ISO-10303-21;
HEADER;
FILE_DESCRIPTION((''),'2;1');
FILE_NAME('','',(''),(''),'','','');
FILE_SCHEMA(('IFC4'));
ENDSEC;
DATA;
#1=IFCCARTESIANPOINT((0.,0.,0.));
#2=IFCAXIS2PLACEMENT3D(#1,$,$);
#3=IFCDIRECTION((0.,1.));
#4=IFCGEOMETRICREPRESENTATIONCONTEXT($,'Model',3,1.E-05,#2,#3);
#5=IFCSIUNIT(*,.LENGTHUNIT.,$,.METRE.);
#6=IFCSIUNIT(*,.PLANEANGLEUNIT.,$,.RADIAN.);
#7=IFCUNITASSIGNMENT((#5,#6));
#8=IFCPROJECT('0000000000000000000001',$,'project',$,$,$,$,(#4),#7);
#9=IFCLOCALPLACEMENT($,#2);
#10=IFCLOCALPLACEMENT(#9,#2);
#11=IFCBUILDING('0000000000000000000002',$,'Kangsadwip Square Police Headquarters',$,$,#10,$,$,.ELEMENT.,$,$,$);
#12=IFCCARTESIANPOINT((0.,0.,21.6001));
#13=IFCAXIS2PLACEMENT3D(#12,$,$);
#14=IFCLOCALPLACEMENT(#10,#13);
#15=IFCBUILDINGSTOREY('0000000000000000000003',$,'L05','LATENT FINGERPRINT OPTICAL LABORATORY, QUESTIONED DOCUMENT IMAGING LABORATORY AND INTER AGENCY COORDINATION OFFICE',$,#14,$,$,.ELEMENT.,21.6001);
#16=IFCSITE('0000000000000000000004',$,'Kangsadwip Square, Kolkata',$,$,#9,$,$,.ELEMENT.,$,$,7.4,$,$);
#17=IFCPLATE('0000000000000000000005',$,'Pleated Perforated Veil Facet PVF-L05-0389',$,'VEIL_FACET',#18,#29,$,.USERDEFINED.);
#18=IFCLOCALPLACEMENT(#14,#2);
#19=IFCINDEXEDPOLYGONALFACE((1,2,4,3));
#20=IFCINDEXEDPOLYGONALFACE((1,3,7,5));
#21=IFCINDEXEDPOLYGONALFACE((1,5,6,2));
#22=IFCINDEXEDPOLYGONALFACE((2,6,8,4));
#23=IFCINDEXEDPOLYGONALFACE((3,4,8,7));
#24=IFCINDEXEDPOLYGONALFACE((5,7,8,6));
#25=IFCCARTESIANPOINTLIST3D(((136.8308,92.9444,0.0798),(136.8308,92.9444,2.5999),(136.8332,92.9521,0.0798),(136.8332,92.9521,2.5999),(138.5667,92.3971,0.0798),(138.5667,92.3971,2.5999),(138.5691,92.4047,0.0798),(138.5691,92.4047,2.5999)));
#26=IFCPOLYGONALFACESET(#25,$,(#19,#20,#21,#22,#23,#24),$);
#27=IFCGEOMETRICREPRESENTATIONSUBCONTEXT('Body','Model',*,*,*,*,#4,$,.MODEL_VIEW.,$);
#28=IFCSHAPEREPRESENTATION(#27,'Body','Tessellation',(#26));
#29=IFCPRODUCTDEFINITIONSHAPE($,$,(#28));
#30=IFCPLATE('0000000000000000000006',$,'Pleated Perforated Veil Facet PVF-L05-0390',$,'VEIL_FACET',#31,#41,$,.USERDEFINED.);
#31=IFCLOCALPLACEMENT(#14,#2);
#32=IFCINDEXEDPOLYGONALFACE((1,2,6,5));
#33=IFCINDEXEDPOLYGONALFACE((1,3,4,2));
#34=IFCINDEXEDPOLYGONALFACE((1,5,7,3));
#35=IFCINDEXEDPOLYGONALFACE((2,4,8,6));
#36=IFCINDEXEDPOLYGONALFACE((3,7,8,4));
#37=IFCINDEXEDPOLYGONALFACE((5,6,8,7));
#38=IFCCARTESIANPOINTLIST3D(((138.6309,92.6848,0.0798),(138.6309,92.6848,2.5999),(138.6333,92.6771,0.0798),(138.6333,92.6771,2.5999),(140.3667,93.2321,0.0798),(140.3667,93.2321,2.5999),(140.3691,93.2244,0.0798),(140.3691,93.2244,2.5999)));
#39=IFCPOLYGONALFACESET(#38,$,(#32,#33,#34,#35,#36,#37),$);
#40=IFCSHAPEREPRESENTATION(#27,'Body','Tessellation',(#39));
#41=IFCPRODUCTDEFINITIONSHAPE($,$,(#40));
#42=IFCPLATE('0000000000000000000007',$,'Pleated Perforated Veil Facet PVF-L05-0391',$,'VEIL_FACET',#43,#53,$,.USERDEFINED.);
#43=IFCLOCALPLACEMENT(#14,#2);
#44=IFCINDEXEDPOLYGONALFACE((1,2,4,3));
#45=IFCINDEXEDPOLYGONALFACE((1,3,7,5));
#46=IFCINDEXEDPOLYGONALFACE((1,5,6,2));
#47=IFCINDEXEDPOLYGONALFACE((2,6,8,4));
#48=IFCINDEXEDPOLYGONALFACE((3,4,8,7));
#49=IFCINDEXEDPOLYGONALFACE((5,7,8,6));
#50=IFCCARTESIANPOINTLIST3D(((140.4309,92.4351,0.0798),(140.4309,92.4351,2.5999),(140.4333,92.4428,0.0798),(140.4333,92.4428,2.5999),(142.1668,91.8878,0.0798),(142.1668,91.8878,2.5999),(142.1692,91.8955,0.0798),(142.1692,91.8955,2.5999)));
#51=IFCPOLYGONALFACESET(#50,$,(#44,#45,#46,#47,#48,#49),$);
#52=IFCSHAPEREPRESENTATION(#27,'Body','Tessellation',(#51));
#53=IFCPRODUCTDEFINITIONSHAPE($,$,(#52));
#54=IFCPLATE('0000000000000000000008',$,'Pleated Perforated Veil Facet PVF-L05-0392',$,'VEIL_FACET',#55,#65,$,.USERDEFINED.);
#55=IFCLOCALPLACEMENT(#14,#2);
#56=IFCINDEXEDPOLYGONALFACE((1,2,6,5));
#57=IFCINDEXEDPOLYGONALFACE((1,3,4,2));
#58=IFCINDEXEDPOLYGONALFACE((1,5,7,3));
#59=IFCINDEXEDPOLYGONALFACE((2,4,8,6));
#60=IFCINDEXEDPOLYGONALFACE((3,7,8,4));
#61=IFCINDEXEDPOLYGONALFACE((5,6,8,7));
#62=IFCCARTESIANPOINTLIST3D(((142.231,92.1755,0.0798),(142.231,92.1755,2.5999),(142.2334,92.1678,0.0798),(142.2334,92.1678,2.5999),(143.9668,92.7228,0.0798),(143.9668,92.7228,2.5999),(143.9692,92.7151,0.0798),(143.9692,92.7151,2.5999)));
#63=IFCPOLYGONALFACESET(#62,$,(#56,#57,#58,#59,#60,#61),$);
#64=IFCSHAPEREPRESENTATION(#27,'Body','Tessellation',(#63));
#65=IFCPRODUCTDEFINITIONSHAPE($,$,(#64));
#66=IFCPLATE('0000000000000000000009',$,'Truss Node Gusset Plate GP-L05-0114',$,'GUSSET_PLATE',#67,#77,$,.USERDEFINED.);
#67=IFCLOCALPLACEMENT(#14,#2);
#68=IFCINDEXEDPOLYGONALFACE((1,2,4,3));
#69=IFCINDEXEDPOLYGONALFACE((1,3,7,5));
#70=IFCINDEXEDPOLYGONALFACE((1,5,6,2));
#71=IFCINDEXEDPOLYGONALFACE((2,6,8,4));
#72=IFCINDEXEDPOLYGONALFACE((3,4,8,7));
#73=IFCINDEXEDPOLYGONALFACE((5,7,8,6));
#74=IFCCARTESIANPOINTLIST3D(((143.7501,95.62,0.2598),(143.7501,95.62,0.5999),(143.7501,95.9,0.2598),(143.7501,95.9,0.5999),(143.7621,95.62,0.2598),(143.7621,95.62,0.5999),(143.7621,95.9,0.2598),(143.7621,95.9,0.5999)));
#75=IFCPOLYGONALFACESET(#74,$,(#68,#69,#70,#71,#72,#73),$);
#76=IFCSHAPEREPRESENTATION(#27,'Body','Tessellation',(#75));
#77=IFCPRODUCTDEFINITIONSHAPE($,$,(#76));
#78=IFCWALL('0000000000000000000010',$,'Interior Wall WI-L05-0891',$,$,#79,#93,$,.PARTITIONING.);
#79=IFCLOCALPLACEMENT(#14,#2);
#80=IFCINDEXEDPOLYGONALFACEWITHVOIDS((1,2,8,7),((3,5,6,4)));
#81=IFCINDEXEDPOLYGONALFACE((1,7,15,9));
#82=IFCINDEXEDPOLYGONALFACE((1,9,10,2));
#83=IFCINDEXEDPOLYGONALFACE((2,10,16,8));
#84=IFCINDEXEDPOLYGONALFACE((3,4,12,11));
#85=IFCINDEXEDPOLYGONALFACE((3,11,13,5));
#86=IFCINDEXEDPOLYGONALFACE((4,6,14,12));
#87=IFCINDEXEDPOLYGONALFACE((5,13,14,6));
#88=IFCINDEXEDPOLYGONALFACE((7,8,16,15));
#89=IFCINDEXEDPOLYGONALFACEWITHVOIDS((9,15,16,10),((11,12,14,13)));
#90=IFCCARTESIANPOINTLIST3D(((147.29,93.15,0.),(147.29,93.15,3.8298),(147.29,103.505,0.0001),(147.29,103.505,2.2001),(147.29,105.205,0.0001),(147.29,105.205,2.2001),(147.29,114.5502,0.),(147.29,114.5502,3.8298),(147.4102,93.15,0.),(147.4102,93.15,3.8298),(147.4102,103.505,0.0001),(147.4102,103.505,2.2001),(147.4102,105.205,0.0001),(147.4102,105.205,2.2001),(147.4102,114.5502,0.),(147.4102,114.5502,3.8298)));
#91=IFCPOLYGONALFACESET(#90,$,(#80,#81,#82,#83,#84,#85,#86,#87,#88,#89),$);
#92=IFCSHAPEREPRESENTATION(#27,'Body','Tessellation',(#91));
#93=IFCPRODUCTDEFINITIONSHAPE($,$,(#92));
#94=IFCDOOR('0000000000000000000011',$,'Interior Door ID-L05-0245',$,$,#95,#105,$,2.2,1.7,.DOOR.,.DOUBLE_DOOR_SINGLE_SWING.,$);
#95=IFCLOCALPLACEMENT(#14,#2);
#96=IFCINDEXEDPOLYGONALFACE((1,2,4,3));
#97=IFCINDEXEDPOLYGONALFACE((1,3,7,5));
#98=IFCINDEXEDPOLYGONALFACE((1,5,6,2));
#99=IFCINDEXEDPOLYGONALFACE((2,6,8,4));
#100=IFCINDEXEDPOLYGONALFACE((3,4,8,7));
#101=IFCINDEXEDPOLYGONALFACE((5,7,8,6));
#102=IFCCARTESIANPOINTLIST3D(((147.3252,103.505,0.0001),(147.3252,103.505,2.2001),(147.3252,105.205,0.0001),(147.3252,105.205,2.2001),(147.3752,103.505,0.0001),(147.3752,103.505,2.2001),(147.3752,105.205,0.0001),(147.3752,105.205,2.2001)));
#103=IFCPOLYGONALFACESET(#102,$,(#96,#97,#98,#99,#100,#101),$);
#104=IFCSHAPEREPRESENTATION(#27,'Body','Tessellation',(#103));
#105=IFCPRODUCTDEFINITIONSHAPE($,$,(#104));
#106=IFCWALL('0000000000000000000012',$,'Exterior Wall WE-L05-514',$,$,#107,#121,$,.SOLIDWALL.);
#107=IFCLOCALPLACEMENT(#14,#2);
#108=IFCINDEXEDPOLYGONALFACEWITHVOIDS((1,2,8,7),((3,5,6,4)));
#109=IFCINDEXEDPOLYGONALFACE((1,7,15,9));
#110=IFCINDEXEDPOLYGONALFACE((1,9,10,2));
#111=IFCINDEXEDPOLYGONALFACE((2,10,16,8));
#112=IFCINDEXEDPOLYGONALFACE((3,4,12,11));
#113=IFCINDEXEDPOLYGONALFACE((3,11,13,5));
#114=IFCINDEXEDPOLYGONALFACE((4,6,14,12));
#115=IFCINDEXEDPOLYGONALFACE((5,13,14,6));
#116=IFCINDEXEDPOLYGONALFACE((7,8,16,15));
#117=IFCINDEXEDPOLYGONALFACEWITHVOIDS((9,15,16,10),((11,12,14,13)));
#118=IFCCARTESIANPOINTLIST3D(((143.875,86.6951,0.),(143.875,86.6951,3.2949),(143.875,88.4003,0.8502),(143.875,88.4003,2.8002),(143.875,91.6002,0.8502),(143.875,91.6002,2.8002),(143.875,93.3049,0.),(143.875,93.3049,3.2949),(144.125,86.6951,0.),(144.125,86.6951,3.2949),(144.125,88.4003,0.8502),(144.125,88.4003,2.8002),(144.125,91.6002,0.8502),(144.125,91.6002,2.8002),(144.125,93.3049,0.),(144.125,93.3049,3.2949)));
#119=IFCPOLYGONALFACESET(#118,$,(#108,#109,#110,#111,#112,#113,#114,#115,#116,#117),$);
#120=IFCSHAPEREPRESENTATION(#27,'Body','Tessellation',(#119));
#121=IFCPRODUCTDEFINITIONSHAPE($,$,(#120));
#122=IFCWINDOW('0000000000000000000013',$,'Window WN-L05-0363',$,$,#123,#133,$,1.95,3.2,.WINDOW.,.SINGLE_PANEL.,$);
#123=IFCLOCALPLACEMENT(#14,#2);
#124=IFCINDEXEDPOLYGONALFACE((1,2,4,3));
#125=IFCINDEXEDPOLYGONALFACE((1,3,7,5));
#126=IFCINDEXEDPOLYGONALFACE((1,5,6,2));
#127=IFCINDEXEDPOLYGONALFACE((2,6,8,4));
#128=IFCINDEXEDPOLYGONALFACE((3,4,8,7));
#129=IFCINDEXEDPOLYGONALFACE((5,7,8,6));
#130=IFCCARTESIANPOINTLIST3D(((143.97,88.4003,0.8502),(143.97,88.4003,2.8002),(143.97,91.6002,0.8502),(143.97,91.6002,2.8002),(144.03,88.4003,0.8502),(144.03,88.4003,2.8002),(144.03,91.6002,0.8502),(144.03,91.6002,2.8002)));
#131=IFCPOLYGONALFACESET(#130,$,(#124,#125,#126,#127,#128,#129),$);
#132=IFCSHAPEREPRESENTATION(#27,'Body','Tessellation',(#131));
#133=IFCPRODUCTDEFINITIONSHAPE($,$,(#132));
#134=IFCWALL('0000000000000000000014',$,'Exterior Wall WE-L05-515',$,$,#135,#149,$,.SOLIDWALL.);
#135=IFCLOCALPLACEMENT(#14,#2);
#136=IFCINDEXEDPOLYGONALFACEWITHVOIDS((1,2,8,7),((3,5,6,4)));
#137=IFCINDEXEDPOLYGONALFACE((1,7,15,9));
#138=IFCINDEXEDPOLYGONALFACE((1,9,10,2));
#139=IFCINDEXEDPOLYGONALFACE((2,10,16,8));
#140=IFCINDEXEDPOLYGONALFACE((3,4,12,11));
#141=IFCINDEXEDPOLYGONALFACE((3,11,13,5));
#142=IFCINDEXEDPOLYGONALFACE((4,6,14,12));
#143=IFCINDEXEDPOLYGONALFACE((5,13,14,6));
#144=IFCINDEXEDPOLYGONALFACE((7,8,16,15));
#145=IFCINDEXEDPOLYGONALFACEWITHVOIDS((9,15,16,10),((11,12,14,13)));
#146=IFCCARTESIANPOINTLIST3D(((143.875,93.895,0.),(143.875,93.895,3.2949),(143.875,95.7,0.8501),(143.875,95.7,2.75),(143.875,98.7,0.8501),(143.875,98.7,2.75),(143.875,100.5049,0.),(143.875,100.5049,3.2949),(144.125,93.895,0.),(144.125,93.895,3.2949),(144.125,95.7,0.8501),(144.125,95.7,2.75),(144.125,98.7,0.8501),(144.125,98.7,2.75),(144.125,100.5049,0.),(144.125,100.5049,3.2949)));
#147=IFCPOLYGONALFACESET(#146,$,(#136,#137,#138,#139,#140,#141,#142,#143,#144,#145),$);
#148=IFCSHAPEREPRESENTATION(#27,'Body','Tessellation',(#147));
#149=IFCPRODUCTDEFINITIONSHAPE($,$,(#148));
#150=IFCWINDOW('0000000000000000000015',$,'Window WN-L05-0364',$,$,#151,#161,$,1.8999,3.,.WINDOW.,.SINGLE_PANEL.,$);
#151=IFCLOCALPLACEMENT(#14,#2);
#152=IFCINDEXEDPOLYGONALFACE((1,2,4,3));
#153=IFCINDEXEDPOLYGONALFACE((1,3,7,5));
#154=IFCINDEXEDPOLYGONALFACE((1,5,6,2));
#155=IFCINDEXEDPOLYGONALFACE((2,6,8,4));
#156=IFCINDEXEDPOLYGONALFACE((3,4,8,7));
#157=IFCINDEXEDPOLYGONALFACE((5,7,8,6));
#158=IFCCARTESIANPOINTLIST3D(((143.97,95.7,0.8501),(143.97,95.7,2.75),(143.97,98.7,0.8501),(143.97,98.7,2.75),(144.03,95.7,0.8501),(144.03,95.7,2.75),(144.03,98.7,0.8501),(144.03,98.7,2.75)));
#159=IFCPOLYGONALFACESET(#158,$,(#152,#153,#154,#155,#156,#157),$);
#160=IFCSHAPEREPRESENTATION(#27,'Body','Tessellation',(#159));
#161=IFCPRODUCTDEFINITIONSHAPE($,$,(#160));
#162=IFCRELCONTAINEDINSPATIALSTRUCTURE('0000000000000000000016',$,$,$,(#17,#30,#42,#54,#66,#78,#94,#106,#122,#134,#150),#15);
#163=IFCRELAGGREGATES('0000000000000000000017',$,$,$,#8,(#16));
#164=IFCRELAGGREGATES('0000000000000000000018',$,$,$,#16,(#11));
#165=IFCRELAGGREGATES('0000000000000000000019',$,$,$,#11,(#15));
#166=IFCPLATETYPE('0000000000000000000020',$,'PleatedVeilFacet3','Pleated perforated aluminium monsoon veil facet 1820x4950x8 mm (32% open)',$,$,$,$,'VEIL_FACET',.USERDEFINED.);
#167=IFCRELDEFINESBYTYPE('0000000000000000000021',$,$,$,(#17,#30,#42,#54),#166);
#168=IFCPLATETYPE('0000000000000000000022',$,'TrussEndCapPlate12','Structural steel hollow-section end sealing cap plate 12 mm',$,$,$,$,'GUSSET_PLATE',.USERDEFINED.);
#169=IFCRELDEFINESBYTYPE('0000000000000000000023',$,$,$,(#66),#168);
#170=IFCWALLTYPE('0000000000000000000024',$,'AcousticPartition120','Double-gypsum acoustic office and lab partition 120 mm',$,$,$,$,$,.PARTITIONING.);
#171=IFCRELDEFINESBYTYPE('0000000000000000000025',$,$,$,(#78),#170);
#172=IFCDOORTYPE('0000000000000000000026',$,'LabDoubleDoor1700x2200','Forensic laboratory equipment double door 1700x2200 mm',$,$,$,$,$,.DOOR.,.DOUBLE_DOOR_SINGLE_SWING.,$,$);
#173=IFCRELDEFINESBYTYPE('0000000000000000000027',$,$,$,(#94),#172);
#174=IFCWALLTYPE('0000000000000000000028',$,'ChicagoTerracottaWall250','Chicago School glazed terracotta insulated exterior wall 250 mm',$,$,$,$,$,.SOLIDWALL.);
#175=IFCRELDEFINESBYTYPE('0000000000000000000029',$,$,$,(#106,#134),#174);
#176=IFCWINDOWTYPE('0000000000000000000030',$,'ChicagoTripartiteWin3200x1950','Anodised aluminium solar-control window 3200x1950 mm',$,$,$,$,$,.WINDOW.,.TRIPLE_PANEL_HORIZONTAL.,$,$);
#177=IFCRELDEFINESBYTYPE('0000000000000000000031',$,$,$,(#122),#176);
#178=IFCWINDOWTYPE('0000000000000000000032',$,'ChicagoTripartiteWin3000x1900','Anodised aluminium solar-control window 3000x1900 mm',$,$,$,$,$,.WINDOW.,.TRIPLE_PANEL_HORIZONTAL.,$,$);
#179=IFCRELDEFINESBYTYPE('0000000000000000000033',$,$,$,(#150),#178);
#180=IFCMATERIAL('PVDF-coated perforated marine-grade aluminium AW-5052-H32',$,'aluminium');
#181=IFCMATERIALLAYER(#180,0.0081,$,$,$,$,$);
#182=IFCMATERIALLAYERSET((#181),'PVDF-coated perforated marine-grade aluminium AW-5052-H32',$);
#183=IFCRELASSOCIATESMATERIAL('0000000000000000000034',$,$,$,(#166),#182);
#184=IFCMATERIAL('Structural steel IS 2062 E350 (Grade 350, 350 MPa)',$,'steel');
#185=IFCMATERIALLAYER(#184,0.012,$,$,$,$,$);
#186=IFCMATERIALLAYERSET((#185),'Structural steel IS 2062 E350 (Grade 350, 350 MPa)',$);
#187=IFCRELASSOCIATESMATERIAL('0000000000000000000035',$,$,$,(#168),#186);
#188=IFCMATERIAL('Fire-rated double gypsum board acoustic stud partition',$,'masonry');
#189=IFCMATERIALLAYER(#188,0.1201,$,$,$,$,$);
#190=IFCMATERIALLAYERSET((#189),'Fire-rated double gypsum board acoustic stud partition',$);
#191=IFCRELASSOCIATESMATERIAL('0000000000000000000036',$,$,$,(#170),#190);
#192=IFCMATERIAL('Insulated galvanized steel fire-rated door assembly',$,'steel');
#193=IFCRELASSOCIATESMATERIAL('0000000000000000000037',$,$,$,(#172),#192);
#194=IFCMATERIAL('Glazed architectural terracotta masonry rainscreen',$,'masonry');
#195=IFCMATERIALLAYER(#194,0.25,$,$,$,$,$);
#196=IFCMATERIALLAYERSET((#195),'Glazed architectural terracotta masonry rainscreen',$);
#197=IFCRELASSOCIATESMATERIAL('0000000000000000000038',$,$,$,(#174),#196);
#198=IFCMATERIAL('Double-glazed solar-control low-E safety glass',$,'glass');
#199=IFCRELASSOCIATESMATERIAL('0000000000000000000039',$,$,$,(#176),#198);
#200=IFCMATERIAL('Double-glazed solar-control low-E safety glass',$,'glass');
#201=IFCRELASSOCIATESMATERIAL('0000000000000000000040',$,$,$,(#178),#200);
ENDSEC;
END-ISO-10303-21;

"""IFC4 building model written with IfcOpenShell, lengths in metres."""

from ifc_helpers import new_model, si_unit, direction, frame, frame_2d, origin, origin_2d, place, context, subcontext, project, spatial, rectangle, extrude, material, layer, layer_set, type_object, element, fill, save


model = new_model("IFC4")

# Units and contexts
model_context = context("Model", 3, precision=1e-05, world=origin(), true_north=direction((0.0, 1.0)))
body_context = subcontext(model_context, "Body", "Model", "MODEL_VIEW")
ifc_project = project(units=[si_unit("LENGTHUNIT", "METRE"), si_unit("PLANEANGLEUNIT", "RADIAN")], contexts=[model_context])

# Site, building, storey
site_placement = place(None, origin())
site = spatial("IfcSite", under=ifc_project, at=site_placement, Name="Kangsadwip Square, Kolkata", CompositionType="ELEMENT", RefElevation=7.4)
building_placement = place(site_placement, origin())
building = spatial("IfcBuilding", under=site, at=building_placement, Name="Kangsadwip Square Police Headquarters", CompositionType="ELEMENT")
storey_placement = place(building_placement, frame((0.0, 0.0, 21.6001)))
storey = spatial("IfcBuildingStorey", under=building, at=storey_placement, Name="L05", Description="LATENT FINGERPRINT OPTICAL LABORATORY, QUESTIONED DOCUMENT IMAGING LABORATORY AND INTER AGENCY COORDINATION OFFICE", CompositionType="ELEMENT", Elevation=21.6001)

# Plates
ifc_material_1 = material(Name="PVDF-coated perforated marine-grade aluminium AW-5052-H32", Category="aluminium")
ifc_layer_1 = layer(ifc_material_1, 0.0081)
ifc_layer_set_1 = layer_set([ifc_layer_1], Name="PVDF-coated perforated marine-grade aluminium AW-5052-H32")
plate_type_1 = type_object("IfcPlateType", Name="PleatedVeilFacet3", Description="Pleated perforated aluminium monsoon veil facet 1820x4950x8 mm (32% open)", ElementType="VEIL_FACET", PredefinedType="USERDEFINED", material=ifc_layer_set_1)
for number, where, z_axis, x_axis, name in (
    (1, (137.7, 92.6746, 0.0798), (0.0, 0.0, 1.0), (0.953717, -0.300706, 0.0), "Pleated Perforated Veil Facet PVF-L05-0389"),
    (2, (139.5, 92.9546, 0.0798), (0.0, 0.0, 1.0), (0.953717, 0.300706, 0.0), "Pleated Perforated Veil Facet PVF-L05-0390"),
    (3, (141.3, 92.1653, 0.0798), (0.0, 0.0, 1.0), (0.953717, -0.300706, 0.0), "Pleated Perforated Veil Facet PVF-L05-0391"),
    (4, (143.1001, 92.4453, 0.0798), (0.0, 0.0, 1.0), (0.953717, 0.300706, 0.0), "Pleated Perforated Veil Facet PVF-L05-0392"),
):
    element("IfcPlate", number, at=place(storey_placement, frame(where, z_axis=z_axis, x_axis=x_axis)), inside=storey, type_object=plate_type_1, Name=name, ObjectType="VEIL_FACET", PredefinedType="USERDEFINED", context=body_context, shape_type="SweptSolid", body=[
        extrude(rectangle(XDim=1.8201, YDim=0.0081, at=origin_2d()), origin(), (0.0, 0.0, 1.0), 2.52),
    ])
ifc_material_2 = material(Name="Structural steel IS 2062 E350 (Grade 350, 350 MPa)", Category="steel")
ifc_layer_2 = layer(ifc_material_2, 0.012)
ifc_layer_set_2 = layer_set([ifc_layer_2], Name="Structural steel IS 2062 E350 (Grade 350, 350 MPa)")
plate_type_2 = type_object("IfcPlateType", Name="TrussEndCapPlate12", Description="Structural steel hollow-section end sealing cap plate 12 mm", ElementType="GUSSET_PLATE", PredefinedType="USERDEFINED", material=ifc_layer_set_2)
plate_placement = place(storey_placement, frame((143.7561, 95.76, 0.2598), z_axis=(0.0, 0.0, 1.0), x_axis=(0.0, 1.0, 0.0)))
element("IfcPlate", 5, at=plate_placement, inside=storey, type_object=plate_type_2, Name="Truss Node Gusset Plate GP-L05-0114", ObjectType="GUSSET_PLATE", PredefinedType="USERDEFINED", context=body_context, shape_type="SweptSolid", body=[
    extrude(rectangle(XDim=0.28, YDim=0.012, at=origin_2d()), origin(), (0.0, 0.0, 1.0), 0.3401),
])

# Wall, opening, door
ifc_material_3 = material(Name="Fire-rated double gypsum board acoustic stud partition", Category="masonry")
ifc_layer_3 = layer(ifc_material_3, 0.1201)
ifc_layer_set_3 = layer_set([ifc_layer_3], Name="Fire-rated double gypsum board acoustic stud partition")
wall_type_1 = type_object("IfcWallType", Name="AcousticPartition120", Description="Double-gypsum acoustic office and lab partition 120 mm", PredefinedType="PARTITIONING", material=ifc_layer_set_3)
wall_1_placement = place(storey_placement, frame((147.3501, 93.1499, 0.0), z_axis=(0.0, 0.0, 1.0), x_axis=(0.0, 1.0, 0.0)))
wall_1 = element("IfcWall", 6, at=wall_1_placement, inside=storey, type_object=wall_type_1, Name="Interior Wall WI-L05-0891", PredefinedType="PARTITIONING", context=body_context, shape_type="SweptSolid", body=[
    extrude(rectangle(XDim=21.4001, YDim=0.1201, at=frame_2d((10.7002, 0.0))), origin(), (0.0, 0.0, 1.0), 3.8298),
])
opening_1_placement = place(wall_1_placement, frame((10.355, 0.0, 0.0)))
opening_1 = element("IfcOpeningElement", 7, at=opening_1_placement, cuts=wall_1, PredefinedType="OPENING", context=body_context, shape_type="SweptSolid", body=[
    extrude(rectangle(XDim=1.7, YDim=2.2, at=frame_2d((0.8501, 1.1001))), frame((0.0, 0.0701, 0.0), z_axis=(0.0, -1.0, 0.0), x_axis=(1.0, 0.0, 0.0)), (0.0, 0.0, 1.0), 0.1401),
])
ifc_material_4 = material(Name="Insulated galvanized steel fire-rated door assembly", Category="steel")
door_type = type_object("IfcDoorType", Name="LabDoubleDoor1700x2200", Description="Forensic laboratory equipment double door 1700x2200 mm", OperationType="DOUBLE_DOOR_SINGLE_SWING", PredefinedType="DOOR", material=ifc_material_4)
door_placement = place(opening_1_placement, origin())
door = element("IfcDoor", 8, at=door_placement, inside=storey, type_object=door_type, Name="Interior Door ID-L05-0245", OperationType="DOUBLE_DOOR_SINGLE_SWING", OverallHeight=2.2, OverallWidth=1.7, PredefinedType="DOOR", context=body_context, shape_type="SweptSolid", body=[
    extrude(rectangle(XDim=1.7, YDim=2.2, at=frame_2d((0.8501, 1.1001))), frame((0.0, 0.0249, 0.0), z_axis=(0.0, -1.0, 0.0), x_axis=(1.0, 0.0, 0.0)), (0.0, 0.0, 1.0), 0.05),
])
fill(opening_1, door)

# Walls, openings, windows
ifc_material_5 = material(Name="Glazed architectural terracotta masonry rainscreen", Category="masonry")
ifc_layer_4 = layer(ifc_material_5, 0.25)
ifc_layer_set_4 = layer_set([ifc_layer_4], Name="Glazed architectural terracotta masonry rainscreen")
wall_type_2 = type_object("IfcWallType", Name="ChicagoTerracottaWall250", Description="Chicago School glazed terracotta insulated exterior wall 250 mm", PredefinedType="SOLIDWALL", material=ifc_layer_set_4)
wall_2_placement = place(storey_placement, frame((144.0, 86.6951, 0.0), z_axis=(0.0, 0.0, 1.0), x_axis=(0.0, 1.0, 0.0)))
wall_2 = element("IfcWall", 9, at=wall_2_placement, inside=storey, type_object=wall_type_2, Name="Exterior Wall WE-L05-514", PredefinedType="SOLIDWALL", context=body_context, shape_type="SweptSolid", body=[
    extrude(rectangle(XDim=6.6099, YDim=0.25, at=frame_2d((3.3049, 0.0))), origin(), (0.0, 0.0, 1.0), 3.2949),
])
opening_2_placement = place(wall_2_placement, frame((1.7051, 0.0, 0.8501)))
opening_2 = element("IfcOpeningElement", 10, at=opening_2_placement, cuts=wall_2, PredefinedType="OPENING", context=body_context, shape_type="SweptSolid", body=[
    extrude(rectangle(XDim=3.2, YDim=1.95, at=frame_2d((1.6001, 0.9751))), frame((0.0, 0.135, 0.0), z_axis=(0.0, -1.0, 0.0), x_axis=(1.0, 0.0, 0.0)), (0.0, 0.0, 1.0), 0.27),
])
ifc_material_6 = material(Name="Double-glazed solar-control low-E safety glass", Category="glass")
window_type_1 = type_object("IfcWindowType", Name="ChicagoTripartiteWin3200x1950", Description="Anodised aluminium solar-control window 3200x1950 mm", PartitioningType="TRIPLE_PANEL_HORIZONTAL", PredefinedType="WINDOW", material=ifc_material_6)
window_1_placement = place(opening_2_placement, origin())
window_1 = element("IfcWindow", 11, at=window_1_placement, inside=storey, type_object=window_type_1, Name="Window WN-L05-0363", OverallHeight=1.95, OverallWidth=3.2, PartitioningType="SINGLE_PANEL", PredefinedType="WINDOW", context=body_context, shape_type="SweptSolid", body=[
    extrude(rectangle(XDim=3.2, YDim=1.95, at=frame_2d((1.6001, 0.9751))), frame((0.0, 0.03, 0.0), z_axis=(0.0, -1.0, 0.0), x_axis=(1.0, 0.0, 0.0)), (0.0, 0.0, 1.0), 0.0601),
])
fill(opening_2, window_1)
wall_3_placement = place(storey_placement, frame((144.0, 93.895, 0.0), z_axis=(0.0, 0.0, 1.0), x_axis=(0.0, 1.0, 0.0)))
wall_3 = element("IfcWall", 12, at=wall_3_placement, inside=storey, type_object=wall_type_2, Name="Exterior Wall WE-L05-515", PredefinedType="SOLIDWALL", context=body_context, shape_type="SweptSolid", body=[
    extrude(rectangle(XDim=6.6099, YDim=0.25, at=frame_2d((3.3049, 0.0))), origin(), (0.0, 0.0, 1.0), 3.2949),
])
opening_3_placement = place(wall_3_placement, frame((1.8049, 0.0, 0.8501)))
opening_3 = element("IfcOpeningElement", 13, at=opening_3_placement, cuts=wall_3, PredefinedType="OPENING", context=body_context, shape_type="SweptSolid", body=[
    extrude(rectangle(XDim=3.0, YDim=1.8999, at=frame_2d((1.5, 0.95))), frame((0.0, 0.135, 0.0), z_axis=(0.0, -1.0, 0.0), x_axis=(1.0, 0.0, 0.0)), (0.0, 0.0, 1.0), 0.27),
])
ifc_material_7 = material(Name="Double-glazed solar-control low-E safety glass", Category="glass")
window_type_2 = type_object("IfcWindowType", Name="ChicagoTripartiteWin3000x1900", Description="Anodised aluminium solar-control window 3000x1900 mm", PartitioningType="TRIPLE_PANEL_HORIZONTAL", PredefinedType="WINDOW", material=ifc_material_7)
window_2_placement = place(opening_3_placement, origin())
window_2 = element("IfcWindow", 14, at=window_2_placement, inside=storey, type_object=window_type_2, Name="Window WN-L05-0364", OverallHeight=1.8999, OverallWidth=3.0, PartitioningType="SINGLE_PANEL", PredefinedType="WINDOW", context=body_context, shape_type="SweptSolid", body=[
    extrude(rectangle(XDim=3.0, YDim=1.8999, at=frame_2d((1.5, 0.95))), frame((0.0, 0.03, 0.0), z_axis=(0.0, -1.0, 0.0), x_axis=(1.0, 0.0, 0.0)), (0.0, 0.0, 1.0), 0.0601),
])
fill(opening_3, window_2)

save(model, "model.ifc")
